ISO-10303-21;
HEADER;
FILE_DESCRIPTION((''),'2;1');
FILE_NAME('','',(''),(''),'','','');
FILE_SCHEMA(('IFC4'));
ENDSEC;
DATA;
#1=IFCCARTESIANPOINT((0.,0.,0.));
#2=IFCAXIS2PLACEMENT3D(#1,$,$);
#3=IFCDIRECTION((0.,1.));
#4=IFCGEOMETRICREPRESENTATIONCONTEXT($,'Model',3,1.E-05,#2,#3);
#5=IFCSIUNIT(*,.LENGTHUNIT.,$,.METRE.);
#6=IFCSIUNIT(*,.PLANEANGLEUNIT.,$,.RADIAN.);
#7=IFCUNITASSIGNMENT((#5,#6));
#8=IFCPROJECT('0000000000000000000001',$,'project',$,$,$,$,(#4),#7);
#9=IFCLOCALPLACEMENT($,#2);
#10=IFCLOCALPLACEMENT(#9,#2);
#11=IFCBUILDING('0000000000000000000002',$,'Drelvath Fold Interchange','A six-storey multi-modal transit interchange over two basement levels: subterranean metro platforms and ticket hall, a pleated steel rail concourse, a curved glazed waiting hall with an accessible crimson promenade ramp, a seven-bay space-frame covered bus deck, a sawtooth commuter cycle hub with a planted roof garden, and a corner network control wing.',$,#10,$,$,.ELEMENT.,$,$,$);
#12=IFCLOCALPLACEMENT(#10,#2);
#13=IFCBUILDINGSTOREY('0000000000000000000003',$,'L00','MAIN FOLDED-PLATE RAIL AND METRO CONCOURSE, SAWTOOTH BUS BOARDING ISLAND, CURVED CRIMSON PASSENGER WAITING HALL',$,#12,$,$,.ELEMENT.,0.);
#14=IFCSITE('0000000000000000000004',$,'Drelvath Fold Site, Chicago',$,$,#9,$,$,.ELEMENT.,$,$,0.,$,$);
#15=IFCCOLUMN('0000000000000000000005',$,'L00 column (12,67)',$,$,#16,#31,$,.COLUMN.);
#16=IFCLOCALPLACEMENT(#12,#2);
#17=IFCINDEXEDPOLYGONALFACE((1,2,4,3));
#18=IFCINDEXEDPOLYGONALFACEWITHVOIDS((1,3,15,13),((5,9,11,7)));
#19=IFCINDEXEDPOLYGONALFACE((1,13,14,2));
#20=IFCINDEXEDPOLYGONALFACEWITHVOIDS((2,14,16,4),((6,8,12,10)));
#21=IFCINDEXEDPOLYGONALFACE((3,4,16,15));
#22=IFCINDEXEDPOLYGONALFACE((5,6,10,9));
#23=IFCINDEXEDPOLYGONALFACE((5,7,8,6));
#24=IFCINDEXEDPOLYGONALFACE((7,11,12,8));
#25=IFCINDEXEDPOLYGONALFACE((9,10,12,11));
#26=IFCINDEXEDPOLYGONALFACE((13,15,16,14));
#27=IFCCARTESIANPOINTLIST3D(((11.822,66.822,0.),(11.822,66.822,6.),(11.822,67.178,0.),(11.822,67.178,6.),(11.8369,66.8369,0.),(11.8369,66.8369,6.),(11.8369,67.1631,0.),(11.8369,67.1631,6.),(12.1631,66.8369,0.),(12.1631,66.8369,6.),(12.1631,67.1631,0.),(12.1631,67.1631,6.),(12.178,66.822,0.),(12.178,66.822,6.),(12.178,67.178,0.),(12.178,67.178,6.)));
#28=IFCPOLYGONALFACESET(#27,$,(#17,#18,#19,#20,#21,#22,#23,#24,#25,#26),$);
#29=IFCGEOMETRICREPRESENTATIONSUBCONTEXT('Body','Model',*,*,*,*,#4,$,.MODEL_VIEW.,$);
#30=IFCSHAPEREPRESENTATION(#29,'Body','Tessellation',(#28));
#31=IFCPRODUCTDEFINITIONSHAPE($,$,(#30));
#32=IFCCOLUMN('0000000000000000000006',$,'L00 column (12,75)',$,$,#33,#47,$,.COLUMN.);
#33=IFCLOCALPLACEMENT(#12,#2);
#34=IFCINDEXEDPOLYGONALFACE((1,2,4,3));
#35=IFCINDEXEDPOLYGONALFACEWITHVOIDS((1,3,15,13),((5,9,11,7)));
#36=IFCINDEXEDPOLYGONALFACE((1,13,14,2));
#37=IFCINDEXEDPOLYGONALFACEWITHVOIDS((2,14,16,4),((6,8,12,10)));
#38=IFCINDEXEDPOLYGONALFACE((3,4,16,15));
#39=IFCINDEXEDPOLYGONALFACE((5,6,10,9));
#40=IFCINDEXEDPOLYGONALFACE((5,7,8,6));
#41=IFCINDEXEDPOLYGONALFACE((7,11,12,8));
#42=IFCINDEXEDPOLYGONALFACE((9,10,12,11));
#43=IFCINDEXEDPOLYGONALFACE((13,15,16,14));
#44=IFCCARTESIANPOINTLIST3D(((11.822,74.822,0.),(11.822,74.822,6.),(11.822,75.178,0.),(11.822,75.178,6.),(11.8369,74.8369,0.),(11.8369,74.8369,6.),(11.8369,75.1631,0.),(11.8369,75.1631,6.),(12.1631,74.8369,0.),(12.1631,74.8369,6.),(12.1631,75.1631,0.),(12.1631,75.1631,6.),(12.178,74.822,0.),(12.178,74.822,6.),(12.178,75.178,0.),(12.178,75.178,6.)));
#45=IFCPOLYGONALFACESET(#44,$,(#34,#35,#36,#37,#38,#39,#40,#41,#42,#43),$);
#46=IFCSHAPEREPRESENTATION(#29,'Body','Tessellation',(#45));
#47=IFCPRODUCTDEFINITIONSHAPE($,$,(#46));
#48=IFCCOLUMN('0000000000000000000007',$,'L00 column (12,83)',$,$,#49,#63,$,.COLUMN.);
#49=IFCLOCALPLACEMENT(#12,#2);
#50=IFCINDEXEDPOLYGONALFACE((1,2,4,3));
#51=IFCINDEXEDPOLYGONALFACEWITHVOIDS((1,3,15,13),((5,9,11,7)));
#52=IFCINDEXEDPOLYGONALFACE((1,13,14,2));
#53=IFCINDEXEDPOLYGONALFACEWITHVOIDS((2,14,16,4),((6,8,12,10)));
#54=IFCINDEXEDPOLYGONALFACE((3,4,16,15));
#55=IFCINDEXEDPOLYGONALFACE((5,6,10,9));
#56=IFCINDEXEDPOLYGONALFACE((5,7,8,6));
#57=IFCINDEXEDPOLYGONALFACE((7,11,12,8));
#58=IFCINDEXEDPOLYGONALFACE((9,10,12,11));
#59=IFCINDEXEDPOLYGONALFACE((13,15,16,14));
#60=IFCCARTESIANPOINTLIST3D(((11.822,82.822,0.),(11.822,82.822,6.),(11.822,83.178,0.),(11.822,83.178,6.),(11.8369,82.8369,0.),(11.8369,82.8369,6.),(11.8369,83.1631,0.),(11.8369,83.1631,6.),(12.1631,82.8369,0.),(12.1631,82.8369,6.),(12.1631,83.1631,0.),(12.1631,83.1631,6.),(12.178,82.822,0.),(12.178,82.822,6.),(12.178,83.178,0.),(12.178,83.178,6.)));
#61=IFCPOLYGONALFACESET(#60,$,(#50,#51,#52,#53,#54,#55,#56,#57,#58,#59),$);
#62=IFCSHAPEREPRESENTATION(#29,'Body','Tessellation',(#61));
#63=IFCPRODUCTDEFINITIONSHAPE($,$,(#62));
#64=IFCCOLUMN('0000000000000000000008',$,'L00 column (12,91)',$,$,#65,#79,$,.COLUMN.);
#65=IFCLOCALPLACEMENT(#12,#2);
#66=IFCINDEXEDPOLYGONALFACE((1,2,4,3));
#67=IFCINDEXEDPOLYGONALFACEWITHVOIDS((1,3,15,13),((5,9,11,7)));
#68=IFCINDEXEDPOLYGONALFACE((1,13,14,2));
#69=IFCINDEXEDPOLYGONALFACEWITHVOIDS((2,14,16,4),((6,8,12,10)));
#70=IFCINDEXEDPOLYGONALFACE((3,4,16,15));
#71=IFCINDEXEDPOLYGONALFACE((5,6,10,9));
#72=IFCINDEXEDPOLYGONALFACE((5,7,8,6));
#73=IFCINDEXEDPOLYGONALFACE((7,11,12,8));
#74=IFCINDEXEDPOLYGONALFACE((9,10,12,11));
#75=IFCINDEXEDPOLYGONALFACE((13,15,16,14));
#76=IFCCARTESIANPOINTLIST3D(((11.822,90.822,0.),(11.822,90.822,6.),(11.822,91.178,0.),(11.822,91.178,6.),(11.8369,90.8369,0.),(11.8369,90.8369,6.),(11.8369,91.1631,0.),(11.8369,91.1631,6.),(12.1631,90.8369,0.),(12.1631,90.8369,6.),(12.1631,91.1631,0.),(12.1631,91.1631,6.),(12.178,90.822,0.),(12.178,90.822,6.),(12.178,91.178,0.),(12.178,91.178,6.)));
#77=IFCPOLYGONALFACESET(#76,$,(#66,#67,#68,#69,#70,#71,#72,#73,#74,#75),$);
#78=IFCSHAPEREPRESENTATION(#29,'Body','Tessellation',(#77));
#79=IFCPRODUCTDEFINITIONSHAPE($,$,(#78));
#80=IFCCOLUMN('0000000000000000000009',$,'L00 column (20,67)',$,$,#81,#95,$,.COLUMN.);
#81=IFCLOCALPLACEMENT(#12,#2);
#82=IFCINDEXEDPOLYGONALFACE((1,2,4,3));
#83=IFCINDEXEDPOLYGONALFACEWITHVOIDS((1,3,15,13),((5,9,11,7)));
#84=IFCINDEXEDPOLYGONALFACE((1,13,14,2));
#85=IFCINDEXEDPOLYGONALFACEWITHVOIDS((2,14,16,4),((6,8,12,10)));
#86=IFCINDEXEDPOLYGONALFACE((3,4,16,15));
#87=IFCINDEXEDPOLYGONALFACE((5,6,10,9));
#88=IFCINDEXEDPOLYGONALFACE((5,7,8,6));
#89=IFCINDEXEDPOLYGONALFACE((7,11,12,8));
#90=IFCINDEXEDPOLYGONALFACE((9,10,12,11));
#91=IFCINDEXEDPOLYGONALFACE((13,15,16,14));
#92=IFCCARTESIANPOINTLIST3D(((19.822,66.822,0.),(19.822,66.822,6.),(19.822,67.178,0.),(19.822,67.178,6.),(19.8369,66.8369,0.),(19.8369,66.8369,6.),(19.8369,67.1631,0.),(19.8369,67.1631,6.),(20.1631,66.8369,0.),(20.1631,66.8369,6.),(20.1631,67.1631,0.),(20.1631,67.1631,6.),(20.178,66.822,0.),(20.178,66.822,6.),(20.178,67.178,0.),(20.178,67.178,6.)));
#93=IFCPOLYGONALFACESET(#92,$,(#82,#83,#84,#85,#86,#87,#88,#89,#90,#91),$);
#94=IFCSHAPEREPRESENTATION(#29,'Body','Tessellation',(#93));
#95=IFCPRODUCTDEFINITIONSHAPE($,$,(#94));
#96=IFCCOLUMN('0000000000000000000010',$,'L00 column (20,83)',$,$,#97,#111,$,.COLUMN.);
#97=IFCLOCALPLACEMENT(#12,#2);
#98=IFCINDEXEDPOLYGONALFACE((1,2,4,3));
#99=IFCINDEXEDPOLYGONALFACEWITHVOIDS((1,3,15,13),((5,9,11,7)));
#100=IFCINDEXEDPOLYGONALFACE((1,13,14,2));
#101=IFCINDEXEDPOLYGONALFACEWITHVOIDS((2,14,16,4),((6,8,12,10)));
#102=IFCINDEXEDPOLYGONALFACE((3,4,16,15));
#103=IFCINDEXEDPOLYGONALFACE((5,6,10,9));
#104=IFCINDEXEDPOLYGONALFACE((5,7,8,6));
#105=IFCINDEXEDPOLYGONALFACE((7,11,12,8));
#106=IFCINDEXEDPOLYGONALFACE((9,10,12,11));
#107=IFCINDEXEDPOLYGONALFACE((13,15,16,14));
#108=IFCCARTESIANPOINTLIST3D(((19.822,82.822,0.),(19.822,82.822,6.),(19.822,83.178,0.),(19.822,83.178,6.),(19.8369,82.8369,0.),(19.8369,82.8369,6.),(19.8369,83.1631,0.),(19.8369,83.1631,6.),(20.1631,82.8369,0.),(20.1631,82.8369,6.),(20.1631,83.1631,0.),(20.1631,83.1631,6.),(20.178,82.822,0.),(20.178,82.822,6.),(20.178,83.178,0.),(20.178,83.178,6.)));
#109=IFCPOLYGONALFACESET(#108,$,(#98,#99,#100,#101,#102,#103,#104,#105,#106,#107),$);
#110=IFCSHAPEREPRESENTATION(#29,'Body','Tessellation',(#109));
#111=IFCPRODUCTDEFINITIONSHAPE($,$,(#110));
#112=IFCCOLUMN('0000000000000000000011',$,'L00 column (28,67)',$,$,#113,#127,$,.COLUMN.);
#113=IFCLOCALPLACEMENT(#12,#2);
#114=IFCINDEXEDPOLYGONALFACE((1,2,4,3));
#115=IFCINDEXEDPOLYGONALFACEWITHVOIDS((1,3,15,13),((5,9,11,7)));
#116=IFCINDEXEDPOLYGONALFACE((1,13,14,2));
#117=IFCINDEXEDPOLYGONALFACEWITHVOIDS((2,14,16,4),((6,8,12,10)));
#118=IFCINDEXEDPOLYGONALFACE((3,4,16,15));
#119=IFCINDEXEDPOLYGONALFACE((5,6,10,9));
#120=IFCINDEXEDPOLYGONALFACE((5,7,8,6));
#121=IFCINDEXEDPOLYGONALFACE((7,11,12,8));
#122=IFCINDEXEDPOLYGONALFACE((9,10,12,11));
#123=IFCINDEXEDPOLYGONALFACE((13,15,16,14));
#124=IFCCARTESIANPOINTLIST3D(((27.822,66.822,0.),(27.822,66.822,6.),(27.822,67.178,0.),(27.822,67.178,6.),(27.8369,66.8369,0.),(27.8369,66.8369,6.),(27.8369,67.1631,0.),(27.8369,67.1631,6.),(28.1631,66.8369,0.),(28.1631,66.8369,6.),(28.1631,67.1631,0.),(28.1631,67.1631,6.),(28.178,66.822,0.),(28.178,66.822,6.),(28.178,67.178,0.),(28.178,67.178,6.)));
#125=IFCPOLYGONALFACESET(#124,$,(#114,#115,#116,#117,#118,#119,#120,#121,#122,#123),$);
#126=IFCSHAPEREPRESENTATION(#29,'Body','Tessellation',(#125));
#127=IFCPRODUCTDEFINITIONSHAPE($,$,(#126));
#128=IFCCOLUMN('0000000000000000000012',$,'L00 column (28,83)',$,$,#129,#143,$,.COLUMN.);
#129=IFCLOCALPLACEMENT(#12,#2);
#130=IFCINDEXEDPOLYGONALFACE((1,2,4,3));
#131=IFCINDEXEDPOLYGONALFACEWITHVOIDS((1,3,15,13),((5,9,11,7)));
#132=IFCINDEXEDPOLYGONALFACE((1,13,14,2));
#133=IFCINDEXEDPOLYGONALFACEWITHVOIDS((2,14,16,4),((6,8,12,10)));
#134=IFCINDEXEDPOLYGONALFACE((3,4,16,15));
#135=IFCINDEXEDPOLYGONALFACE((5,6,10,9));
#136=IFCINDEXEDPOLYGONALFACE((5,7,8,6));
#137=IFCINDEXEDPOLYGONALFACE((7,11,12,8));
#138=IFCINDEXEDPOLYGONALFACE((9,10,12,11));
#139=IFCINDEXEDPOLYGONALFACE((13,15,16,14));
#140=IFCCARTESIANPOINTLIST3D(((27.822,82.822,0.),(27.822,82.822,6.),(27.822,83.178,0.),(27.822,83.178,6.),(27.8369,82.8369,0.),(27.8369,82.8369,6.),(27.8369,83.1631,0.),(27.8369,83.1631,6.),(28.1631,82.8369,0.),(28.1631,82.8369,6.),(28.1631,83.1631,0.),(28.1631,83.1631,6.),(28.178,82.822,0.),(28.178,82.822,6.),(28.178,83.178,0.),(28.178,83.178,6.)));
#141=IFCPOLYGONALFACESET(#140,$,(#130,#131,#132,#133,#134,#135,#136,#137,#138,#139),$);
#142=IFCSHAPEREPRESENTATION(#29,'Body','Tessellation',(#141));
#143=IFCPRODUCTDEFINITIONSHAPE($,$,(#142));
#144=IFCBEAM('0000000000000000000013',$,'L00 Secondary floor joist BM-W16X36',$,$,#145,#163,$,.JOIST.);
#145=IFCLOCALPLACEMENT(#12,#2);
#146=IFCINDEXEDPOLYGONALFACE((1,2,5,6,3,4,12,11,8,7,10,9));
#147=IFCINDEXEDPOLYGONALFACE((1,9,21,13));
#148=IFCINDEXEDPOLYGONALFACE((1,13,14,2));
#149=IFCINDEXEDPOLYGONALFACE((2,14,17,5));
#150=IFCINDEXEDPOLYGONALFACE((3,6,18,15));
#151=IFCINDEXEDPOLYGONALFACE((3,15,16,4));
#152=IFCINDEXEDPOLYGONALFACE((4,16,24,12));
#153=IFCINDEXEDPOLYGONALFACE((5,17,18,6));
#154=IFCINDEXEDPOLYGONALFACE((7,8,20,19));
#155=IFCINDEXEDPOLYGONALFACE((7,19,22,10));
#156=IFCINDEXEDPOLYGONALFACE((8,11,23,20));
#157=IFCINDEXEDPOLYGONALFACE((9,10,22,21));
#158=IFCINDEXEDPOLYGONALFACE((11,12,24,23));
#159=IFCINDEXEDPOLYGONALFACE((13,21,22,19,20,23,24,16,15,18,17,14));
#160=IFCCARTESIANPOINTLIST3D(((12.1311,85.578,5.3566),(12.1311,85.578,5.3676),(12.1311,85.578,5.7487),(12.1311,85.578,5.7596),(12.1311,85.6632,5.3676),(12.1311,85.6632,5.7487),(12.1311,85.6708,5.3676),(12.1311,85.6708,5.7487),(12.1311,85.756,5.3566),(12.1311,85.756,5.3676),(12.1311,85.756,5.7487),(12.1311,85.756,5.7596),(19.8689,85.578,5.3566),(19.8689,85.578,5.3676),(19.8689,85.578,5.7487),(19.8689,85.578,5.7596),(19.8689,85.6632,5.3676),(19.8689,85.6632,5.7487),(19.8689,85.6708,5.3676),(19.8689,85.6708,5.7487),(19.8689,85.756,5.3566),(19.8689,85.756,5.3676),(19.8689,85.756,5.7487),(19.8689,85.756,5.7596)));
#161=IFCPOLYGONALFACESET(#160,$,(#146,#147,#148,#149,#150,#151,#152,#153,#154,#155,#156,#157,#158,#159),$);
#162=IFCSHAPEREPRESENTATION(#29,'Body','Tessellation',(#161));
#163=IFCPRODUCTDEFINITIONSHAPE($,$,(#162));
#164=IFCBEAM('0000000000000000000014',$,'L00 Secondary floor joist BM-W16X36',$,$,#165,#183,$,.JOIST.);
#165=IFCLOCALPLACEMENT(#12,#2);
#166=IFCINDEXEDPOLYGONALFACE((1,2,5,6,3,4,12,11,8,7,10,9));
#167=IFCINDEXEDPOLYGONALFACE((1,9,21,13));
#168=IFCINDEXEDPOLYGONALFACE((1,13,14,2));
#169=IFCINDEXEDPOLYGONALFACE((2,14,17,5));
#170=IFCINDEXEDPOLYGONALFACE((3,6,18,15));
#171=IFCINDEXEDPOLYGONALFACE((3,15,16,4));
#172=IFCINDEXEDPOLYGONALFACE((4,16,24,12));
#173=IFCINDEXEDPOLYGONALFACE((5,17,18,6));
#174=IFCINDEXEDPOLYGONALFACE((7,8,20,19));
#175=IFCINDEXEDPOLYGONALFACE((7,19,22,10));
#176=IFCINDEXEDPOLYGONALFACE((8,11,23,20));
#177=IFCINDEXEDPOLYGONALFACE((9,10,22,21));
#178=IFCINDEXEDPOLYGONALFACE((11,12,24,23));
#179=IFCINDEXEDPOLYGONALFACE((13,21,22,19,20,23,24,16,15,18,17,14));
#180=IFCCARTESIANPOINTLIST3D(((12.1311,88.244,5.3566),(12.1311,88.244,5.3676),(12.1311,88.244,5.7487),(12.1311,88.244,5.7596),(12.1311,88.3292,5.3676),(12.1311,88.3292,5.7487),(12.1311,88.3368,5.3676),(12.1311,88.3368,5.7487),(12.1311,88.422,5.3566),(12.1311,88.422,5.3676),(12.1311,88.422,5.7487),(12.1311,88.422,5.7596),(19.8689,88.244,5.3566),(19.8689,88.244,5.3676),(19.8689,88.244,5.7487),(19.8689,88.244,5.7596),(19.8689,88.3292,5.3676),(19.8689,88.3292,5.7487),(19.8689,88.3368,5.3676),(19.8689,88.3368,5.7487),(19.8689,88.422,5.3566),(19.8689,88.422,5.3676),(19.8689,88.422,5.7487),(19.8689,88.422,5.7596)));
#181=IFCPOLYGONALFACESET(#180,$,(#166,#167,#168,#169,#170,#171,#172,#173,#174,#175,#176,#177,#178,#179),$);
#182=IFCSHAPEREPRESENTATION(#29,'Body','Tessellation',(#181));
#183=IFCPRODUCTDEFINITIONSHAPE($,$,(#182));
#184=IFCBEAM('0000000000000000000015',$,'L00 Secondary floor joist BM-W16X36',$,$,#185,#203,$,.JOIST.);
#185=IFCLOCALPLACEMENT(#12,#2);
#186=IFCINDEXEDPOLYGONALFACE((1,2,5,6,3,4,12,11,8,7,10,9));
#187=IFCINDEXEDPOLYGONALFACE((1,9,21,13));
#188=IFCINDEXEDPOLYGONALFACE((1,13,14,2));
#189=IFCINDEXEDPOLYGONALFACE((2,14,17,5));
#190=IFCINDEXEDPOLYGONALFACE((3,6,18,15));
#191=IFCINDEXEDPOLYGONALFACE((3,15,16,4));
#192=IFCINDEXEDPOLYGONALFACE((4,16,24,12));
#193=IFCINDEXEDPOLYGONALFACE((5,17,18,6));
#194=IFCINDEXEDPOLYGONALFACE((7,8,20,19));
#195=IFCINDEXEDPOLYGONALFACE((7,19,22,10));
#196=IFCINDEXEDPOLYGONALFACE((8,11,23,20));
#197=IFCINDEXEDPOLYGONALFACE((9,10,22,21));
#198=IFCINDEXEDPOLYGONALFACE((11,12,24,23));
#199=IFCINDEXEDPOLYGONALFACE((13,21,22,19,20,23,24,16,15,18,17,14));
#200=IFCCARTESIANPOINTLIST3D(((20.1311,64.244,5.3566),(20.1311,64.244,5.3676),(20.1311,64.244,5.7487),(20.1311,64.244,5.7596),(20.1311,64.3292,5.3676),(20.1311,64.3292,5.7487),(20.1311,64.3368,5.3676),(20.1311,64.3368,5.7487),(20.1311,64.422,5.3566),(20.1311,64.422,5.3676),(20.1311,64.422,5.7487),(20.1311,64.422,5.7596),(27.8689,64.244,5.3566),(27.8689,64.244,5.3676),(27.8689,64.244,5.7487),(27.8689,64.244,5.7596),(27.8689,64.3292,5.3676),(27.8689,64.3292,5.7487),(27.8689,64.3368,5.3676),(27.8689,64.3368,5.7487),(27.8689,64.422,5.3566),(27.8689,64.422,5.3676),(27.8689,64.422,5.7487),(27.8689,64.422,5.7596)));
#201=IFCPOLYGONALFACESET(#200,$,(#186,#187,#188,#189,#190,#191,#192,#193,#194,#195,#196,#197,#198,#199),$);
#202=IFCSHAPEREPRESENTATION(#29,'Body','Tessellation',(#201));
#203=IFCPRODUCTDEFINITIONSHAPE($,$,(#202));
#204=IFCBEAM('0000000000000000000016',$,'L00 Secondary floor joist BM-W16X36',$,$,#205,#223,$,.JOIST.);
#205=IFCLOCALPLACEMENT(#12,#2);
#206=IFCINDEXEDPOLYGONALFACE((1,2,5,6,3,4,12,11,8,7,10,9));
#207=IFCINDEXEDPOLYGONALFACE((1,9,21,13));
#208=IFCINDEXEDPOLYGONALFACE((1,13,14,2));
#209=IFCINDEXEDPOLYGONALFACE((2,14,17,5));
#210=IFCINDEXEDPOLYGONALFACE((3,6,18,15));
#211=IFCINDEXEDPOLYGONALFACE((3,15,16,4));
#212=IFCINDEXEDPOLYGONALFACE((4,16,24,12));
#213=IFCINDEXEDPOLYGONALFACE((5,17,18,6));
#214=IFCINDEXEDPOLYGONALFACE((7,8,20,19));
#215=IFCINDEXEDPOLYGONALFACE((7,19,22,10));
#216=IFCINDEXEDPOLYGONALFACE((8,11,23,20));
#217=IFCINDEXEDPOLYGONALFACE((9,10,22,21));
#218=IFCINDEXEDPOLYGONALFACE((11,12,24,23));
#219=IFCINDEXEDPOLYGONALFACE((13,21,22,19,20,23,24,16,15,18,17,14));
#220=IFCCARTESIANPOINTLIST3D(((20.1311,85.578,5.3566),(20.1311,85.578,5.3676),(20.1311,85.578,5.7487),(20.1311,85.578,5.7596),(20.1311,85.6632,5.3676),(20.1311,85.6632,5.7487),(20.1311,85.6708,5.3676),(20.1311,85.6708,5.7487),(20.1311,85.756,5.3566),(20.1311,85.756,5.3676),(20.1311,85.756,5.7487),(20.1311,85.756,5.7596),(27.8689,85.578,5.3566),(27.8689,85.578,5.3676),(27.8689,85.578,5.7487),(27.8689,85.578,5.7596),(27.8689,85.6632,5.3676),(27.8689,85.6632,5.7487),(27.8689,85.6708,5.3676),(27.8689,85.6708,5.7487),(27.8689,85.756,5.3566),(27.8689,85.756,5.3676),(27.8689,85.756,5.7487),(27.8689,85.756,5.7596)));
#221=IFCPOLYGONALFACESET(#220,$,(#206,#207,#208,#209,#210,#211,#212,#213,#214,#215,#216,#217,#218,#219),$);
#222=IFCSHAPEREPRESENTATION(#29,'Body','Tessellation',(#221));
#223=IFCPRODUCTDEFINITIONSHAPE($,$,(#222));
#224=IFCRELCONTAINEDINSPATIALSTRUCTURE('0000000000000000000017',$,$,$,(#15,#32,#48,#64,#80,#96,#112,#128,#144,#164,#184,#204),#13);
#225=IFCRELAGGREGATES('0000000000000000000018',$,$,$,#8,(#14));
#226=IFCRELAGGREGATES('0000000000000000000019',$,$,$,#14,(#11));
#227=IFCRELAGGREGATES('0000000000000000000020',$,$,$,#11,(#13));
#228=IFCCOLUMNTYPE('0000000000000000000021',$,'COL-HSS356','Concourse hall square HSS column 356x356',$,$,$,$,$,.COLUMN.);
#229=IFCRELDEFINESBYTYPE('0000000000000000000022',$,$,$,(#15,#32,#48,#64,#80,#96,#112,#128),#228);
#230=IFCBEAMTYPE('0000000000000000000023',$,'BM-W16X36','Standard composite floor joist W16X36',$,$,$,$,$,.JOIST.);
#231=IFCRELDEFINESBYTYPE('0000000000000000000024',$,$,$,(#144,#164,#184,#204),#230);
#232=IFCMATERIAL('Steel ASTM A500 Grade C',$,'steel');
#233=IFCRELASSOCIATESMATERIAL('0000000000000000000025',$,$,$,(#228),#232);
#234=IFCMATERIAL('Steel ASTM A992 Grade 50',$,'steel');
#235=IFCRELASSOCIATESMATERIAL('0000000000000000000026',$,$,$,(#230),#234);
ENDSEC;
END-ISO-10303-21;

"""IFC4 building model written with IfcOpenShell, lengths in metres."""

from ifc_helpers import new_model, si_unit, direction, frame, origin, origin_2d, place, context, subcontext, project, spatial, hollow_rectangle, i_section, extrude, material, material_profile, profile_set, type_object, element, save


model = new_model("IFC4")

# Units and contexts
model_context = context("Model", 3, precision=1e-05, world=origin(), true_north=direction((0.0, 1.0)))
body_context = subcontext(model_context, "Body", "Model", "MODEL_VIEW")
ifc_project = project(units=[si_unit("LENGTHUNIT", "METRE"), si_unit("PLANEANGLEUNIT", "RADIAN")], contexts=[model_context])

# Site, building, storey
site_placement = place(None, origin())
site = spatial("IfcSite", under=ifc_project, at=site_placement, Name="Drelvath Fold Site, Chicago", CompositionType="ELEMENT", RefElevation=0.0)
building_placement = place(site_placement, origin())
building = spatial("IfcBuilding", under=site, at=building_placement, Name="Drelvath Fold Interchange", Description="A six-storey multi-modal transit interchange over two basement levels: subterranean metro platforms and ticket hall, a pleated steel rail concourse, a curved glazed waiting hall with an accessible crimson promenade ramp, a seven-bay space-frame covered bus deck, a sawtooth commuter cycle hub with a planted roof garden, and a corner network control wing.", CompositionType="ELEMENT")
storey_placement = place(building_placement, origin())
storey = spatial("IfcBuildingStorey", under=building, at=storey_placement, Name="L00", Description="MAIN FOLDED-PLATE RAIL AND METRO CONCOURSE, SAWTOOTH BUS BOARDING ISLAND, CURVED CRIMSON PASSENGER WAITING HALL", CompositionType="ELEMENT", Elevation=0.0)

# Columns
ifc_material_1 = material(Name="Steel ASTM A500 Grade C", Category="steel")
ifc_material_profile_1 = material_profile(ifc_material_1, hollow_rectangle(XDim=0.356, YDim=0.356, WallThickness=0.0149, at=origin_2d()), Name="HSS14X14X5/8")
ifc_profile_set_1 = profile_set([ifc_material_profile_1], Name="Steel ASTM A500 Grade C")
column_type = type_object("IfcColumnType", Name="COL-HSS356", Description="Concourse hall square HSS column 356x356", PredefinedType="COLUMN", material=ifc_profile_set_1)
for number, where, z_axis, x_axis, name in (
    (1, (12.0, 67.0, 0.0), (0.0, 0.0, 1.0), (1.0, 0.0, 0.0), "L00 column (12,67)"),
    (2, (12.0, 75.0, 0.0), (0.0, 0.0, 1.0), (1.0, 0.0, 0.0), "L00 column (12,75)"),
    (3, (12.0, 83.0, 0.0), (0.0, 0.0, 1.0), (1.0, 0.0, 0.0), "L00 column (12,83)"),
    (4, (12.0, 91.0, 0.0), (0.0, 0.0, 1.0), (1.0, 0.0, 0.0), "L00 column (12,91)"),
    (5, (20.0, 67.0, 0.0), (0.0, 0.0, 1.0), (1.0, 0.0, 0.0), "L00 column (20,67)"),
    (6, (20.0, 83.0, 0.0), (0.0, 0.0, 1.0), (1.0, 0.0, 0.0), "L00 column (20,83)"),
    (7, (28.0, 67.0, 0.0), (0.0, 0.0, 1.0), (1.0, 0.0, 0.0), "L00 column (28,67)"),
    (8, (28.0, 83.0, 0.0), (0.0, 0.0, 1.0), (1.0, 0.0, 0.0), "L00 column (28,83)"),
):
    element("IfcColumn", number, at=place(storey_placement, frame(where, z_axis=z_axis, x_axis=x_axis)), inside=storey, type_object=column_type, Name=name, PredefinedType="COLUMN", context=body_context, shape_type="SweptSolid", body=[
        extrude(hollow_rectangle(XDim=0.356, YDim=0.356, WallThickness=0.0149, at=origin_2d()), origin(), (0.0, 0.0, 1.0), 6.0),
    ])

# Beams
ifc_material_2 = material(Name="Steel ASTM A992 Grade 50", Category="steel")
ifc_material_profile_2 = material_profile(ifc_material_2, i_section(OverallWidth=0.178, OverallDepth=0.4031, WebThickness=0.0076, FlangeThickness=0.011, at=origin_2d()), Name="W16X36")
ifc_profile_set_2 = profile_set([ifc_material_profile_2], Name="Steel ASTM A992 Grade 50")
beam_type_1 = type_object("IfcBeamType", Name="BM-W16X36", Description="Standard composite floor joist W16X36", PredefinedType="JOIST", material=ifc_profile_set_2)
for number, where, z_axis, x_axis, name in (
    (9, (12.1311, 85.667, 5.5581), (1.0, 0.0, 0.0), (0.0, 1.0, 0.0), "L00 Secondary floor joist BM-W16X36"),
    (10, (12.1311, 88.333, 5.5581), (1.0, 0.0, 0.0), (0.0, 1.0, 0.0), "L00 Secondary floor joist BM-W16X36"),
    (11, (20.1311, 64.333, 5.5581), (1.0, 0.0, 0.0), (0.0, 1.0, 0.0), "L00 Secondary floor joist BM-W16X36"),
    (12, (20.1311, 85.667, 5.5581), (1.0, 0.0, 0.0), (0.0, 1.0, 0.0), "L00 Secondary floor joist BM-W16X36"),
):
    element("IfcBeam", number, at=place(storey_placement, frame(where, z_axis=z_axis, x_axis=x_axis)), inside=storey, type_object=beam_type_1, Name=name, PredefinedType="JOIST", context=body_context, shape_type="SweptSolid", body=[
        extrude(i_section(OverallWidth=0.178, OverallDepth=0.4031, WebThickness=0.0076, FlangeThickness=0.011, at=origin_2d()), origin(), (0.0, 0.0, 1.0), 7.7378),
    ])

save(model, "model.ifc")
